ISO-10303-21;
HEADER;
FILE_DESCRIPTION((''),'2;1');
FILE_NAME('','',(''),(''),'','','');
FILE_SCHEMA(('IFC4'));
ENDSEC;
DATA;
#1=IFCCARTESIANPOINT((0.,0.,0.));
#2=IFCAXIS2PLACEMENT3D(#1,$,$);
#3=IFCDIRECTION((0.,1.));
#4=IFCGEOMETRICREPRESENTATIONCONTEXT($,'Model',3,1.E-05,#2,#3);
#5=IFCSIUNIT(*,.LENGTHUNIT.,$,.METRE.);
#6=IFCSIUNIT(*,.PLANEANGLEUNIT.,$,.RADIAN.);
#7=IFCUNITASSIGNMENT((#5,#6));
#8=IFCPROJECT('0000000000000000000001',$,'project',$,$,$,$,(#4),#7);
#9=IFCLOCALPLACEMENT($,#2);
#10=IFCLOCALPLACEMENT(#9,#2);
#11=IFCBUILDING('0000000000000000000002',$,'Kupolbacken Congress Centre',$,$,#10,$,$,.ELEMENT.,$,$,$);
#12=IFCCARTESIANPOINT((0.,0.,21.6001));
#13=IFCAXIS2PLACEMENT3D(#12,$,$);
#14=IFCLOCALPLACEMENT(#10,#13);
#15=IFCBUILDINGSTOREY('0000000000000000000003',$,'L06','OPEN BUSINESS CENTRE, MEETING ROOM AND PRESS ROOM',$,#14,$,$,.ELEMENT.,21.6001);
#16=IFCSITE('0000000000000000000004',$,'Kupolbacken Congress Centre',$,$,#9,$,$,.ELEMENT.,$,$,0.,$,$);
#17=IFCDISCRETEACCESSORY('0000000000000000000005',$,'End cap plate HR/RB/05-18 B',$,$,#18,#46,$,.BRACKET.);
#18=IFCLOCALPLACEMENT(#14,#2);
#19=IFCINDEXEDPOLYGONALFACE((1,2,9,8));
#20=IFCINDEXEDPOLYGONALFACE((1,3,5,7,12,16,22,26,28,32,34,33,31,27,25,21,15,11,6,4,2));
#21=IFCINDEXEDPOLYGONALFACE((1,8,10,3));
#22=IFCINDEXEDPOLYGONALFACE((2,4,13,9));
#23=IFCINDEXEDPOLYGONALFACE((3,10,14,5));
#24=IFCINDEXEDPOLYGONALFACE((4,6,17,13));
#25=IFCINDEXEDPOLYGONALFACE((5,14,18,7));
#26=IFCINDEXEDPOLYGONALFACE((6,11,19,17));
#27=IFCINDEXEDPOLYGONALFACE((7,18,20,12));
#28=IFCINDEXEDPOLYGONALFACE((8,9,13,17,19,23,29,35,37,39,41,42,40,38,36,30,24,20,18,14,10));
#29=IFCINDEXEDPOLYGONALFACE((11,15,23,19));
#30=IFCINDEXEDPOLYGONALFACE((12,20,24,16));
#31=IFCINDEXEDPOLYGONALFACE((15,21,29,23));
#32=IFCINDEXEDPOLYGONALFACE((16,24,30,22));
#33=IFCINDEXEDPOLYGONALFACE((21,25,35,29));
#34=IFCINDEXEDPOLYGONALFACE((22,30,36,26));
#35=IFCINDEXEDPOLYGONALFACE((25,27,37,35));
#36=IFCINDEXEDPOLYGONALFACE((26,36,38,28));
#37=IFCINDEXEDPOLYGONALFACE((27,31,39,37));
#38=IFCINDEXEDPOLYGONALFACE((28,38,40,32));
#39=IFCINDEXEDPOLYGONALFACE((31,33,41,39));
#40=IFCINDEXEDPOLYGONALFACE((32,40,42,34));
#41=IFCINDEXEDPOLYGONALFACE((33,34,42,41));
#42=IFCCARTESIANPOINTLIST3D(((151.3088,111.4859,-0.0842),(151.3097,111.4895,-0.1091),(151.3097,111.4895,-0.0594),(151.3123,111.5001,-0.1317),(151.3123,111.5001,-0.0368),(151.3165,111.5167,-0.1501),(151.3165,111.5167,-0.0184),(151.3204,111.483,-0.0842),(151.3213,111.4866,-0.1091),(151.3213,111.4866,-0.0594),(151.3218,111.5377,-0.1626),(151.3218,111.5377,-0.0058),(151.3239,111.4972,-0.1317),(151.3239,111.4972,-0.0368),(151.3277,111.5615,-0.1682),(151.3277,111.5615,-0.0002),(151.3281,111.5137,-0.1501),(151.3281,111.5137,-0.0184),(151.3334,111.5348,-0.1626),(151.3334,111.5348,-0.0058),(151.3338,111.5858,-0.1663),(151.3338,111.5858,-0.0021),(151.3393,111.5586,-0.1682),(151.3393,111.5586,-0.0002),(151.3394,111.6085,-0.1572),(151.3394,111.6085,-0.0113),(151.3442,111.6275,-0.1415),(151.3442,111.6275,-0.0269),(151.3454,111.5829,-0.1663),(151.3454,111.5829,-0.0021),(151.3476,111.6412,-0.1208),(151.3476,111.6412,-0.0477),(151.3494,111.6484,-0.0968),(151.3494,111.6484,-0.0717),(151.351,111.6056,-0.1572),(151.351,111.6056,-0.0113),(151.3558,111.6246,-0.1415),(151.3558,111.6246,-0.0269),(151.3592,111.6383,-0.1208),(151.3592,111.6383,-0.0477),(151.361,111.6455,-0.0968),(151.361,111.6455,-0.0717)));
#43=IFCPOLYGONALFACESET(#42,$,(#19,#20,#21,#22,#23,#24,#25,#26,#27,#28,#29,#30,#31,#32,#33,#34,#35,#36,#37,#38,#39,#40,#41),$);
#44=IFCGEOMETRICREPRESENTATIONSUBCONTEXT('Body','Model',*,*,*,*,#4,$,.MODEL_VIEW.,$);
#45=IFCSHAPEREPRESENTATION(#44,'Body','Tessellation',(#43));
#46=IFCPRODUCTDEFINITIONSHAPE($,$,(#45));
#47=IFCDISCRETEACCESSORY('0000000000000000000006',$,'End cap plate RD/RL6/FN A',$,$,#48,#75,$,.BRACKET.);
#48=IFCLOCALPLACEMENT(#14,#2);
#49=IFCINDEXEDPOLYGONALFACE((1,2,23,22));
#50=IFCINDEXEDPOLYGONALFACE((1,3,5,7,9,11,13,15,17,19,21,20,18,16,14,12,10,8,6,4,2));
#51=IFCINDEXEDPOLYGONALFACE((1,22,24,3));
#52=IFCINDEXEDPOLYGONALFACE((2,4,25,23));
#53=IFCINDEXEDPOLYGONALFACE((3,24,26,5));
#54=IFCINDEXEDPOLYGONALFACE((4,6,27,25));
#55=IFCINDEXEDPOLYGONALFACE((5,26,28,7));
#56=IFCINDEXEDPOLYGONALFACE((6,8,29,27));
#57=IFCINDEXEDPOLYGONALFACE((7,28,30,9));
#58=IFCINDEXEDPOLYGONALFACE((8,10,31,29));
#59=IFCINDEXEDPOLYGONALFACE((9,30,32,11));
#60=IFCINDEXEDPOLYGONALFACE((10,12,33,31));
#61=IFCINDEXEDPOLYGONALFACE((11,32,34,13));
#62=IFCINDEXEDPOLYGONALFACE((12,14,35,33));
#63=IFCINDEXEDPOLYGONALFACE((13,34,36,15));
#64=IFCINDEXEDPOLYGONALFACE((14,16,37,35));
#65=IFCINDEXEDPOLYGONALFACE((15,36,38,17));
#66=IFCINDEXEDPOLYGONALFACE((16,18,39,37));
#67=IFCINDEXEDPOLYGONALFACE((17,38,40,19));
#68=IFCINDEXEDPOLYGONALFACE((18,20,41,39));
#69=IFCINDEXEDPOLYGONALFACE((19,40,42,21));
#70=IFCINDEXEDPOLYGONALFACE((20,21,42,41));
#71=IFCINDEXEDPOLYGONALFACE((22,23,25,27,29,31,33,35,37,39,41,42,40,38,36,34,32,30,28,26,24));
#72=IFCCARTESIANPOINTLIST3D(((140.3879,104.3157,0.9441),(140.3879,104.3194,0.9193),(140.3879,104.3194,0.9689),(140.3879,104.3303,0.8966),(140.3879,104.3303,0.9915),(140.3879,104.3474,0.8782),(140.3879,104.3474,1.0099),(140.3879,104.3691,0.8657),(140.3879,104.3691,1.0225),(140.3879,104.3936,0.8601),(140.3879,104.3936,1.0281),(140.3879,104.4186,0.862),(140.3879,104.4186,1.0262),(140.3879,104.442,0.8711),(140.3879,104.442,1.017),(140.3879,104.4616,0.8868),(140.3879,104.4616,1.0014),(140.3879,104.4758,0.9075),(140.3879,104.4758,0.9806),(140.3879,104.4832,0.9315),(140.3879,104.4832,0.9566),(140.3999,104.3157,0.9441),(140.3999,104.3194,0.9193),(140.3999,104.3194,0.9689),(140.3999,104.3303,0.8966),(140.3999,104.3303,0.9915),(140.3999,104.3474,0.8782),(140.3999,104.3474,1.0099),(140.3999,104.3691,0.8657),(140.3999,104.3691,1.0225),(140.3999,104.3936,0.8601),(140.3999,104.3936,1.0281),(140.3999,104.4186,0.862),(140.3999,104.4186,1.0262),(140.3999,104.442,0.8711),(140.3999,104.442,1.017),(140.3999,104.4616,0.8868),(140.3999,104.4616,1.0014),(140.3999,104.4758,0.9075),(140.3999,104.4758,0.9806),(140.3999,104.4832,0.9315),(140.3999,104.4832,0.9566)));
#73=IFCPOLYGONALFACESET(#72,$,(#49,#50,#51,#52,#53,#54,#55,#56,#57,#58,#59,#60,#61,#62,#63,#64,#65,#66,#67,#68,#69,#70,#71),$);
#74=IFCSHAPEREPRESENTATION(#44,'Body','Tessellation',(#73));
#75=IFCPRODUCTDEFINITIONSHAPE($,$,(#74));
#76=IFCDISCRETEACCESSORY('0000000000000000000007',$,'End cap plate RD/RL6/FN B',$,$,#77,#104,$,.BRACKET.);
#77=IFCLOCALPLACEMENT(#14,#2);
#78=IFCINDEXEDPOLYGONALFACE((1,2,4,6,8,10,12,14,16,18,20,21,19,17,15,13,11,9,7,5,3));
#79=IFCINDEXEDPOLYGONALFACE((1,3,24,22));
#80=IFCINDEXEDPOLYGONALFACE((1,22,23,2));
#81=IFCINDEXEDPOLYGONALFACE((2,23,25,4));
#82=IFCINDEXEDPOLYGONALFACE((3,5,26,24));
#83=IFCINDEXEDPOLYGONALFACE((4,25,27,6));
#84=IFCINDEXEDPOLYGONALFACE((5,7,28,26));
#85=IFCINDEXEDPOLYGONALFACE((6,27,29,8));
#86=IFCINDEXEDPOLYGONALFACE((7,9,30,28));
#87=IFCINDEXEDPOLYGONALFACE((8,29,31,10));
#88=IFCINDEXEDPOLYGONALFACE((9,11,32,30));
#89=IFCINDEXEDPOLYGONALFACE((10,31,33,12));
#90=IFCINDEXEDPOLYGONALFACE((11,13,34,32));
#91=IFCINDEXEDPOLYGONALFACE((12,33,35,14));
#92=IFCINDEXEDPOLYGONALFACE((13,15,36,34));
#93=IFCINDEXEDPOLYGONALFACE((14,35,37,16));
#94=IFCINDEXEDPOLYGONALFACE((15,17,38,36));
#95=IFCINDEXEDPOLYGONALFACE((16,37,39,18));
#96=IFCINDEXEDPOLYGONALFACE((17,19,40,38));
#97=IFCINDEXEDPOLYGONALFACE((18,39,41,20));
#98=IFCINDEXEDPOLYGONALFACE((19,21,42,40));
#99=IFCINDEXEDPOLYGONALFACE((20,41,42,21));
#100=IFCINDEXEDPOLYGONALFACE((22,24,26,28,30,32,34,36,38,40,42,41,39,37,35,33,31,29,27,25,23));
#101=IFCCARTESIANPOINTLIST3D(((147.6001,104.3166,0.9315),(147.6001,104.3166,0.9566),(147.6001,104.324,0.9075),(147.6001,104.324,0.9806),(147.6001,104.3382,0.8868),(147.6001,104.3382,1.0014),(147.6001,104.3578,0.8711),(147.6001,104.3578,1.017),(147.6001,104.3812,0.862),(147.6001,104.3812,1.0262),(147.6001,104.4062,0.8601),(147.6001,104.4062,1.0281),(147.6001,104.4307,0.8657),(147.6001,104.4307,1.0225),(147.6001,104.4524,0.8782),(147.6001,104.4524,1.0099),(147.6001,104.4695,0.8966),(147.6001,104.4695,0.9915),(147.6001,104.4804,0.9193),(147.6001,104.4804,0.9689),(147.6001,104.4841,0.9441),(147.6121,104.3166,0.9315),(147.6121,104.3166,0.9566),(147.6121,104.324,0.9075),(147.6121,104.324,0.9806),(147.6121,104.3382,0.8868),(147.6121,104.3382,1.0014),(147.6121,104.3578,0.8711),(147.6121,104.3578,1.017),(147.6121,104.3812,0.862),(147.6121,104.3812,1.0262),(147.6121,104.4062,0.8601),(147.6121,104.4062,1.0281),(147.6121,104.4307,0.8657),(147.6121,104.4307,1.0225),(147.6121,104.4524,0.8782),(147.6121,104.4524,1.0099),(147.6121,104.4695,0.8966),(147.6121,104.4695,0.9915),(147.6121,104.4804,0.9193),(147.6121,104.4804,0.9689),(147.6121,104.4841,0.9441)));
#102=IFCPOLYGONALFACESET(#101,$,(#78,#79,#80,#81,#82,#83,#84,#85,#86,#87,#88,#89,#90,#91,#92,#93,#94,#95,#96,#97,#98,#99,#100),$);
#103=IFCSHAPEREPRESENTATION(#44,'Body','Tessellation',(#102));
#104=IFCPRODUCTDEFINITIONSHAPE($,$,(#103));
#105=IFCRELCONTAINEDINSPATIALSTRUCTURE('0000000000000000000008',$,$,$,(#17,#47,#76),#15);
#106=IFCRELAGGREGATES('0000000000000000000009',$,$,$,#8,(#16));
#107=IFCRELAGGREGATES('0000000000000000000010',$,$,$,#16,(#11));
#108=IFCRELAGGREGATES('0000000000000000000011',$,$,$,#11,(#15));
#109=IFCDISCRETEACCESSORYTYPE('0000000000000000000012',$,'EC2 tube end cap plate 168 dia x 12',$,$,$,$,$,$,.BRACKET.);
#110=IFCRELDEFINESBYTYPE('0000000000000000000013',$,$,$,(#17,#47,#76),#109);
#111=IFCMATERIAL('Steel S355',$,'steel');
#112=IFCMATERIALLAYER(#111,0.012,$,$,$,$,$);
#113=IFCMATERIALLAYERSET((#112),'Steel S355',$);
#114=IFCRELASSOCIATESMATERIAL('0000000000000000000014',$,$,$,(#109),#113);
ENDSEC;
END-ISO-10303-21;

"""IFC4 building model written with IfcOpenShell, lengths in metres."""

from ifc_helpers import new_model, si_unit, direction, frame, origin, origin_2d, place, context, subcontext, project, spatial, circle, extrude, material, layer, layer_set, type_object, element, save


model = new_model("IFC4")

# Units and contexts
model_context = context("Model", 3, precision=1e-05, world=origin(), true_north=direction((0.0, 1.0)))
body_context = subcontext(model_context, "Body", "Model", "MODEL_VIEW")
ifc_project = project(units=[si_unit("LENGTHUNIT", "METRE"), si_unit("PLANEANGLEUNIT", "RADIAN")], contexts=[model_context])

# Site, building, storey
site_placement = place(None, origin())
site = spatial("IfcSite", under=ifc_project, at=site_placement, Name="Kupolbacken Congress Centre", CompositionType="ELEMENT", RefElevation=0.0)
building_placement = place(site_placement, origin())
building = spatial("IfcBuilding", under=site, at=building_placement, Name="Kupolbacken Congress Centre", CompositionType="ELEMENT")
storey_placement = place(building_placement, frame((0.0, 0.0, 21.6001)))
storey = spatial("IfcBuildingStorey", under=building, at=storey_placement, Name="L06", Description="OPEN BUSINESS CENTRE, MEETING ROOM AND PRESS ROOM", CompositionType="ELEMENT", Elevation=21.6001)

# Discrete accessories
ifc_material_1 = material(Name="Steel S355", Category="steel")
ifc_layer_1 = layer(ifc_material_1, 0.012)
ifc_layer_set_1 = layer_set([ifc_layer_1], Name="Steel S355")
discrete_accessory_type = type_object("IfcDiscreteAccessoryType", Name="EC2 tube end cap plate 168 dia x 12", PredefinedType="BRACKET", material=ifc_layer_set_1)
for number, where, z_axis, x_axis, name in (
    (1, (151.3408, 111.5647, -0.0842), (-0.970143, 0.242536, 0.0), (-0.242536, -0.970143, 0.0), "End cap plate HR/RB/05-18 B"),
    (2, (140.3999, 104.3999, 0.9441), (-1.0, 0.0, 0.0), (0.0, -1.0, 0.0), "End cap plate RD/RL6/FN A"),
    (3, (147.6001, 104.3999, 0.9441), (1.0, 0.0, 0.0), (0.0, 1.0, 0.0), "End cap plate RD/RL6/FN B"),
):
    element("IfcDiscreteAccessory", number, at=place(storey_placement, frame(where, z_axis=z_axis, x_axis=x_axis)), inside=storey, type_object=discrete_accessory_type, Name=name, PredefinedType="BRACKET", context=body_context, shape_type="SweptSolid", body=[
        extrude(circle(Radius=0.0842, at=origin_2d()), origin(), (0.0, 0.0, 1.0), 0.012),
    ])

save(model, "model.ifc")
